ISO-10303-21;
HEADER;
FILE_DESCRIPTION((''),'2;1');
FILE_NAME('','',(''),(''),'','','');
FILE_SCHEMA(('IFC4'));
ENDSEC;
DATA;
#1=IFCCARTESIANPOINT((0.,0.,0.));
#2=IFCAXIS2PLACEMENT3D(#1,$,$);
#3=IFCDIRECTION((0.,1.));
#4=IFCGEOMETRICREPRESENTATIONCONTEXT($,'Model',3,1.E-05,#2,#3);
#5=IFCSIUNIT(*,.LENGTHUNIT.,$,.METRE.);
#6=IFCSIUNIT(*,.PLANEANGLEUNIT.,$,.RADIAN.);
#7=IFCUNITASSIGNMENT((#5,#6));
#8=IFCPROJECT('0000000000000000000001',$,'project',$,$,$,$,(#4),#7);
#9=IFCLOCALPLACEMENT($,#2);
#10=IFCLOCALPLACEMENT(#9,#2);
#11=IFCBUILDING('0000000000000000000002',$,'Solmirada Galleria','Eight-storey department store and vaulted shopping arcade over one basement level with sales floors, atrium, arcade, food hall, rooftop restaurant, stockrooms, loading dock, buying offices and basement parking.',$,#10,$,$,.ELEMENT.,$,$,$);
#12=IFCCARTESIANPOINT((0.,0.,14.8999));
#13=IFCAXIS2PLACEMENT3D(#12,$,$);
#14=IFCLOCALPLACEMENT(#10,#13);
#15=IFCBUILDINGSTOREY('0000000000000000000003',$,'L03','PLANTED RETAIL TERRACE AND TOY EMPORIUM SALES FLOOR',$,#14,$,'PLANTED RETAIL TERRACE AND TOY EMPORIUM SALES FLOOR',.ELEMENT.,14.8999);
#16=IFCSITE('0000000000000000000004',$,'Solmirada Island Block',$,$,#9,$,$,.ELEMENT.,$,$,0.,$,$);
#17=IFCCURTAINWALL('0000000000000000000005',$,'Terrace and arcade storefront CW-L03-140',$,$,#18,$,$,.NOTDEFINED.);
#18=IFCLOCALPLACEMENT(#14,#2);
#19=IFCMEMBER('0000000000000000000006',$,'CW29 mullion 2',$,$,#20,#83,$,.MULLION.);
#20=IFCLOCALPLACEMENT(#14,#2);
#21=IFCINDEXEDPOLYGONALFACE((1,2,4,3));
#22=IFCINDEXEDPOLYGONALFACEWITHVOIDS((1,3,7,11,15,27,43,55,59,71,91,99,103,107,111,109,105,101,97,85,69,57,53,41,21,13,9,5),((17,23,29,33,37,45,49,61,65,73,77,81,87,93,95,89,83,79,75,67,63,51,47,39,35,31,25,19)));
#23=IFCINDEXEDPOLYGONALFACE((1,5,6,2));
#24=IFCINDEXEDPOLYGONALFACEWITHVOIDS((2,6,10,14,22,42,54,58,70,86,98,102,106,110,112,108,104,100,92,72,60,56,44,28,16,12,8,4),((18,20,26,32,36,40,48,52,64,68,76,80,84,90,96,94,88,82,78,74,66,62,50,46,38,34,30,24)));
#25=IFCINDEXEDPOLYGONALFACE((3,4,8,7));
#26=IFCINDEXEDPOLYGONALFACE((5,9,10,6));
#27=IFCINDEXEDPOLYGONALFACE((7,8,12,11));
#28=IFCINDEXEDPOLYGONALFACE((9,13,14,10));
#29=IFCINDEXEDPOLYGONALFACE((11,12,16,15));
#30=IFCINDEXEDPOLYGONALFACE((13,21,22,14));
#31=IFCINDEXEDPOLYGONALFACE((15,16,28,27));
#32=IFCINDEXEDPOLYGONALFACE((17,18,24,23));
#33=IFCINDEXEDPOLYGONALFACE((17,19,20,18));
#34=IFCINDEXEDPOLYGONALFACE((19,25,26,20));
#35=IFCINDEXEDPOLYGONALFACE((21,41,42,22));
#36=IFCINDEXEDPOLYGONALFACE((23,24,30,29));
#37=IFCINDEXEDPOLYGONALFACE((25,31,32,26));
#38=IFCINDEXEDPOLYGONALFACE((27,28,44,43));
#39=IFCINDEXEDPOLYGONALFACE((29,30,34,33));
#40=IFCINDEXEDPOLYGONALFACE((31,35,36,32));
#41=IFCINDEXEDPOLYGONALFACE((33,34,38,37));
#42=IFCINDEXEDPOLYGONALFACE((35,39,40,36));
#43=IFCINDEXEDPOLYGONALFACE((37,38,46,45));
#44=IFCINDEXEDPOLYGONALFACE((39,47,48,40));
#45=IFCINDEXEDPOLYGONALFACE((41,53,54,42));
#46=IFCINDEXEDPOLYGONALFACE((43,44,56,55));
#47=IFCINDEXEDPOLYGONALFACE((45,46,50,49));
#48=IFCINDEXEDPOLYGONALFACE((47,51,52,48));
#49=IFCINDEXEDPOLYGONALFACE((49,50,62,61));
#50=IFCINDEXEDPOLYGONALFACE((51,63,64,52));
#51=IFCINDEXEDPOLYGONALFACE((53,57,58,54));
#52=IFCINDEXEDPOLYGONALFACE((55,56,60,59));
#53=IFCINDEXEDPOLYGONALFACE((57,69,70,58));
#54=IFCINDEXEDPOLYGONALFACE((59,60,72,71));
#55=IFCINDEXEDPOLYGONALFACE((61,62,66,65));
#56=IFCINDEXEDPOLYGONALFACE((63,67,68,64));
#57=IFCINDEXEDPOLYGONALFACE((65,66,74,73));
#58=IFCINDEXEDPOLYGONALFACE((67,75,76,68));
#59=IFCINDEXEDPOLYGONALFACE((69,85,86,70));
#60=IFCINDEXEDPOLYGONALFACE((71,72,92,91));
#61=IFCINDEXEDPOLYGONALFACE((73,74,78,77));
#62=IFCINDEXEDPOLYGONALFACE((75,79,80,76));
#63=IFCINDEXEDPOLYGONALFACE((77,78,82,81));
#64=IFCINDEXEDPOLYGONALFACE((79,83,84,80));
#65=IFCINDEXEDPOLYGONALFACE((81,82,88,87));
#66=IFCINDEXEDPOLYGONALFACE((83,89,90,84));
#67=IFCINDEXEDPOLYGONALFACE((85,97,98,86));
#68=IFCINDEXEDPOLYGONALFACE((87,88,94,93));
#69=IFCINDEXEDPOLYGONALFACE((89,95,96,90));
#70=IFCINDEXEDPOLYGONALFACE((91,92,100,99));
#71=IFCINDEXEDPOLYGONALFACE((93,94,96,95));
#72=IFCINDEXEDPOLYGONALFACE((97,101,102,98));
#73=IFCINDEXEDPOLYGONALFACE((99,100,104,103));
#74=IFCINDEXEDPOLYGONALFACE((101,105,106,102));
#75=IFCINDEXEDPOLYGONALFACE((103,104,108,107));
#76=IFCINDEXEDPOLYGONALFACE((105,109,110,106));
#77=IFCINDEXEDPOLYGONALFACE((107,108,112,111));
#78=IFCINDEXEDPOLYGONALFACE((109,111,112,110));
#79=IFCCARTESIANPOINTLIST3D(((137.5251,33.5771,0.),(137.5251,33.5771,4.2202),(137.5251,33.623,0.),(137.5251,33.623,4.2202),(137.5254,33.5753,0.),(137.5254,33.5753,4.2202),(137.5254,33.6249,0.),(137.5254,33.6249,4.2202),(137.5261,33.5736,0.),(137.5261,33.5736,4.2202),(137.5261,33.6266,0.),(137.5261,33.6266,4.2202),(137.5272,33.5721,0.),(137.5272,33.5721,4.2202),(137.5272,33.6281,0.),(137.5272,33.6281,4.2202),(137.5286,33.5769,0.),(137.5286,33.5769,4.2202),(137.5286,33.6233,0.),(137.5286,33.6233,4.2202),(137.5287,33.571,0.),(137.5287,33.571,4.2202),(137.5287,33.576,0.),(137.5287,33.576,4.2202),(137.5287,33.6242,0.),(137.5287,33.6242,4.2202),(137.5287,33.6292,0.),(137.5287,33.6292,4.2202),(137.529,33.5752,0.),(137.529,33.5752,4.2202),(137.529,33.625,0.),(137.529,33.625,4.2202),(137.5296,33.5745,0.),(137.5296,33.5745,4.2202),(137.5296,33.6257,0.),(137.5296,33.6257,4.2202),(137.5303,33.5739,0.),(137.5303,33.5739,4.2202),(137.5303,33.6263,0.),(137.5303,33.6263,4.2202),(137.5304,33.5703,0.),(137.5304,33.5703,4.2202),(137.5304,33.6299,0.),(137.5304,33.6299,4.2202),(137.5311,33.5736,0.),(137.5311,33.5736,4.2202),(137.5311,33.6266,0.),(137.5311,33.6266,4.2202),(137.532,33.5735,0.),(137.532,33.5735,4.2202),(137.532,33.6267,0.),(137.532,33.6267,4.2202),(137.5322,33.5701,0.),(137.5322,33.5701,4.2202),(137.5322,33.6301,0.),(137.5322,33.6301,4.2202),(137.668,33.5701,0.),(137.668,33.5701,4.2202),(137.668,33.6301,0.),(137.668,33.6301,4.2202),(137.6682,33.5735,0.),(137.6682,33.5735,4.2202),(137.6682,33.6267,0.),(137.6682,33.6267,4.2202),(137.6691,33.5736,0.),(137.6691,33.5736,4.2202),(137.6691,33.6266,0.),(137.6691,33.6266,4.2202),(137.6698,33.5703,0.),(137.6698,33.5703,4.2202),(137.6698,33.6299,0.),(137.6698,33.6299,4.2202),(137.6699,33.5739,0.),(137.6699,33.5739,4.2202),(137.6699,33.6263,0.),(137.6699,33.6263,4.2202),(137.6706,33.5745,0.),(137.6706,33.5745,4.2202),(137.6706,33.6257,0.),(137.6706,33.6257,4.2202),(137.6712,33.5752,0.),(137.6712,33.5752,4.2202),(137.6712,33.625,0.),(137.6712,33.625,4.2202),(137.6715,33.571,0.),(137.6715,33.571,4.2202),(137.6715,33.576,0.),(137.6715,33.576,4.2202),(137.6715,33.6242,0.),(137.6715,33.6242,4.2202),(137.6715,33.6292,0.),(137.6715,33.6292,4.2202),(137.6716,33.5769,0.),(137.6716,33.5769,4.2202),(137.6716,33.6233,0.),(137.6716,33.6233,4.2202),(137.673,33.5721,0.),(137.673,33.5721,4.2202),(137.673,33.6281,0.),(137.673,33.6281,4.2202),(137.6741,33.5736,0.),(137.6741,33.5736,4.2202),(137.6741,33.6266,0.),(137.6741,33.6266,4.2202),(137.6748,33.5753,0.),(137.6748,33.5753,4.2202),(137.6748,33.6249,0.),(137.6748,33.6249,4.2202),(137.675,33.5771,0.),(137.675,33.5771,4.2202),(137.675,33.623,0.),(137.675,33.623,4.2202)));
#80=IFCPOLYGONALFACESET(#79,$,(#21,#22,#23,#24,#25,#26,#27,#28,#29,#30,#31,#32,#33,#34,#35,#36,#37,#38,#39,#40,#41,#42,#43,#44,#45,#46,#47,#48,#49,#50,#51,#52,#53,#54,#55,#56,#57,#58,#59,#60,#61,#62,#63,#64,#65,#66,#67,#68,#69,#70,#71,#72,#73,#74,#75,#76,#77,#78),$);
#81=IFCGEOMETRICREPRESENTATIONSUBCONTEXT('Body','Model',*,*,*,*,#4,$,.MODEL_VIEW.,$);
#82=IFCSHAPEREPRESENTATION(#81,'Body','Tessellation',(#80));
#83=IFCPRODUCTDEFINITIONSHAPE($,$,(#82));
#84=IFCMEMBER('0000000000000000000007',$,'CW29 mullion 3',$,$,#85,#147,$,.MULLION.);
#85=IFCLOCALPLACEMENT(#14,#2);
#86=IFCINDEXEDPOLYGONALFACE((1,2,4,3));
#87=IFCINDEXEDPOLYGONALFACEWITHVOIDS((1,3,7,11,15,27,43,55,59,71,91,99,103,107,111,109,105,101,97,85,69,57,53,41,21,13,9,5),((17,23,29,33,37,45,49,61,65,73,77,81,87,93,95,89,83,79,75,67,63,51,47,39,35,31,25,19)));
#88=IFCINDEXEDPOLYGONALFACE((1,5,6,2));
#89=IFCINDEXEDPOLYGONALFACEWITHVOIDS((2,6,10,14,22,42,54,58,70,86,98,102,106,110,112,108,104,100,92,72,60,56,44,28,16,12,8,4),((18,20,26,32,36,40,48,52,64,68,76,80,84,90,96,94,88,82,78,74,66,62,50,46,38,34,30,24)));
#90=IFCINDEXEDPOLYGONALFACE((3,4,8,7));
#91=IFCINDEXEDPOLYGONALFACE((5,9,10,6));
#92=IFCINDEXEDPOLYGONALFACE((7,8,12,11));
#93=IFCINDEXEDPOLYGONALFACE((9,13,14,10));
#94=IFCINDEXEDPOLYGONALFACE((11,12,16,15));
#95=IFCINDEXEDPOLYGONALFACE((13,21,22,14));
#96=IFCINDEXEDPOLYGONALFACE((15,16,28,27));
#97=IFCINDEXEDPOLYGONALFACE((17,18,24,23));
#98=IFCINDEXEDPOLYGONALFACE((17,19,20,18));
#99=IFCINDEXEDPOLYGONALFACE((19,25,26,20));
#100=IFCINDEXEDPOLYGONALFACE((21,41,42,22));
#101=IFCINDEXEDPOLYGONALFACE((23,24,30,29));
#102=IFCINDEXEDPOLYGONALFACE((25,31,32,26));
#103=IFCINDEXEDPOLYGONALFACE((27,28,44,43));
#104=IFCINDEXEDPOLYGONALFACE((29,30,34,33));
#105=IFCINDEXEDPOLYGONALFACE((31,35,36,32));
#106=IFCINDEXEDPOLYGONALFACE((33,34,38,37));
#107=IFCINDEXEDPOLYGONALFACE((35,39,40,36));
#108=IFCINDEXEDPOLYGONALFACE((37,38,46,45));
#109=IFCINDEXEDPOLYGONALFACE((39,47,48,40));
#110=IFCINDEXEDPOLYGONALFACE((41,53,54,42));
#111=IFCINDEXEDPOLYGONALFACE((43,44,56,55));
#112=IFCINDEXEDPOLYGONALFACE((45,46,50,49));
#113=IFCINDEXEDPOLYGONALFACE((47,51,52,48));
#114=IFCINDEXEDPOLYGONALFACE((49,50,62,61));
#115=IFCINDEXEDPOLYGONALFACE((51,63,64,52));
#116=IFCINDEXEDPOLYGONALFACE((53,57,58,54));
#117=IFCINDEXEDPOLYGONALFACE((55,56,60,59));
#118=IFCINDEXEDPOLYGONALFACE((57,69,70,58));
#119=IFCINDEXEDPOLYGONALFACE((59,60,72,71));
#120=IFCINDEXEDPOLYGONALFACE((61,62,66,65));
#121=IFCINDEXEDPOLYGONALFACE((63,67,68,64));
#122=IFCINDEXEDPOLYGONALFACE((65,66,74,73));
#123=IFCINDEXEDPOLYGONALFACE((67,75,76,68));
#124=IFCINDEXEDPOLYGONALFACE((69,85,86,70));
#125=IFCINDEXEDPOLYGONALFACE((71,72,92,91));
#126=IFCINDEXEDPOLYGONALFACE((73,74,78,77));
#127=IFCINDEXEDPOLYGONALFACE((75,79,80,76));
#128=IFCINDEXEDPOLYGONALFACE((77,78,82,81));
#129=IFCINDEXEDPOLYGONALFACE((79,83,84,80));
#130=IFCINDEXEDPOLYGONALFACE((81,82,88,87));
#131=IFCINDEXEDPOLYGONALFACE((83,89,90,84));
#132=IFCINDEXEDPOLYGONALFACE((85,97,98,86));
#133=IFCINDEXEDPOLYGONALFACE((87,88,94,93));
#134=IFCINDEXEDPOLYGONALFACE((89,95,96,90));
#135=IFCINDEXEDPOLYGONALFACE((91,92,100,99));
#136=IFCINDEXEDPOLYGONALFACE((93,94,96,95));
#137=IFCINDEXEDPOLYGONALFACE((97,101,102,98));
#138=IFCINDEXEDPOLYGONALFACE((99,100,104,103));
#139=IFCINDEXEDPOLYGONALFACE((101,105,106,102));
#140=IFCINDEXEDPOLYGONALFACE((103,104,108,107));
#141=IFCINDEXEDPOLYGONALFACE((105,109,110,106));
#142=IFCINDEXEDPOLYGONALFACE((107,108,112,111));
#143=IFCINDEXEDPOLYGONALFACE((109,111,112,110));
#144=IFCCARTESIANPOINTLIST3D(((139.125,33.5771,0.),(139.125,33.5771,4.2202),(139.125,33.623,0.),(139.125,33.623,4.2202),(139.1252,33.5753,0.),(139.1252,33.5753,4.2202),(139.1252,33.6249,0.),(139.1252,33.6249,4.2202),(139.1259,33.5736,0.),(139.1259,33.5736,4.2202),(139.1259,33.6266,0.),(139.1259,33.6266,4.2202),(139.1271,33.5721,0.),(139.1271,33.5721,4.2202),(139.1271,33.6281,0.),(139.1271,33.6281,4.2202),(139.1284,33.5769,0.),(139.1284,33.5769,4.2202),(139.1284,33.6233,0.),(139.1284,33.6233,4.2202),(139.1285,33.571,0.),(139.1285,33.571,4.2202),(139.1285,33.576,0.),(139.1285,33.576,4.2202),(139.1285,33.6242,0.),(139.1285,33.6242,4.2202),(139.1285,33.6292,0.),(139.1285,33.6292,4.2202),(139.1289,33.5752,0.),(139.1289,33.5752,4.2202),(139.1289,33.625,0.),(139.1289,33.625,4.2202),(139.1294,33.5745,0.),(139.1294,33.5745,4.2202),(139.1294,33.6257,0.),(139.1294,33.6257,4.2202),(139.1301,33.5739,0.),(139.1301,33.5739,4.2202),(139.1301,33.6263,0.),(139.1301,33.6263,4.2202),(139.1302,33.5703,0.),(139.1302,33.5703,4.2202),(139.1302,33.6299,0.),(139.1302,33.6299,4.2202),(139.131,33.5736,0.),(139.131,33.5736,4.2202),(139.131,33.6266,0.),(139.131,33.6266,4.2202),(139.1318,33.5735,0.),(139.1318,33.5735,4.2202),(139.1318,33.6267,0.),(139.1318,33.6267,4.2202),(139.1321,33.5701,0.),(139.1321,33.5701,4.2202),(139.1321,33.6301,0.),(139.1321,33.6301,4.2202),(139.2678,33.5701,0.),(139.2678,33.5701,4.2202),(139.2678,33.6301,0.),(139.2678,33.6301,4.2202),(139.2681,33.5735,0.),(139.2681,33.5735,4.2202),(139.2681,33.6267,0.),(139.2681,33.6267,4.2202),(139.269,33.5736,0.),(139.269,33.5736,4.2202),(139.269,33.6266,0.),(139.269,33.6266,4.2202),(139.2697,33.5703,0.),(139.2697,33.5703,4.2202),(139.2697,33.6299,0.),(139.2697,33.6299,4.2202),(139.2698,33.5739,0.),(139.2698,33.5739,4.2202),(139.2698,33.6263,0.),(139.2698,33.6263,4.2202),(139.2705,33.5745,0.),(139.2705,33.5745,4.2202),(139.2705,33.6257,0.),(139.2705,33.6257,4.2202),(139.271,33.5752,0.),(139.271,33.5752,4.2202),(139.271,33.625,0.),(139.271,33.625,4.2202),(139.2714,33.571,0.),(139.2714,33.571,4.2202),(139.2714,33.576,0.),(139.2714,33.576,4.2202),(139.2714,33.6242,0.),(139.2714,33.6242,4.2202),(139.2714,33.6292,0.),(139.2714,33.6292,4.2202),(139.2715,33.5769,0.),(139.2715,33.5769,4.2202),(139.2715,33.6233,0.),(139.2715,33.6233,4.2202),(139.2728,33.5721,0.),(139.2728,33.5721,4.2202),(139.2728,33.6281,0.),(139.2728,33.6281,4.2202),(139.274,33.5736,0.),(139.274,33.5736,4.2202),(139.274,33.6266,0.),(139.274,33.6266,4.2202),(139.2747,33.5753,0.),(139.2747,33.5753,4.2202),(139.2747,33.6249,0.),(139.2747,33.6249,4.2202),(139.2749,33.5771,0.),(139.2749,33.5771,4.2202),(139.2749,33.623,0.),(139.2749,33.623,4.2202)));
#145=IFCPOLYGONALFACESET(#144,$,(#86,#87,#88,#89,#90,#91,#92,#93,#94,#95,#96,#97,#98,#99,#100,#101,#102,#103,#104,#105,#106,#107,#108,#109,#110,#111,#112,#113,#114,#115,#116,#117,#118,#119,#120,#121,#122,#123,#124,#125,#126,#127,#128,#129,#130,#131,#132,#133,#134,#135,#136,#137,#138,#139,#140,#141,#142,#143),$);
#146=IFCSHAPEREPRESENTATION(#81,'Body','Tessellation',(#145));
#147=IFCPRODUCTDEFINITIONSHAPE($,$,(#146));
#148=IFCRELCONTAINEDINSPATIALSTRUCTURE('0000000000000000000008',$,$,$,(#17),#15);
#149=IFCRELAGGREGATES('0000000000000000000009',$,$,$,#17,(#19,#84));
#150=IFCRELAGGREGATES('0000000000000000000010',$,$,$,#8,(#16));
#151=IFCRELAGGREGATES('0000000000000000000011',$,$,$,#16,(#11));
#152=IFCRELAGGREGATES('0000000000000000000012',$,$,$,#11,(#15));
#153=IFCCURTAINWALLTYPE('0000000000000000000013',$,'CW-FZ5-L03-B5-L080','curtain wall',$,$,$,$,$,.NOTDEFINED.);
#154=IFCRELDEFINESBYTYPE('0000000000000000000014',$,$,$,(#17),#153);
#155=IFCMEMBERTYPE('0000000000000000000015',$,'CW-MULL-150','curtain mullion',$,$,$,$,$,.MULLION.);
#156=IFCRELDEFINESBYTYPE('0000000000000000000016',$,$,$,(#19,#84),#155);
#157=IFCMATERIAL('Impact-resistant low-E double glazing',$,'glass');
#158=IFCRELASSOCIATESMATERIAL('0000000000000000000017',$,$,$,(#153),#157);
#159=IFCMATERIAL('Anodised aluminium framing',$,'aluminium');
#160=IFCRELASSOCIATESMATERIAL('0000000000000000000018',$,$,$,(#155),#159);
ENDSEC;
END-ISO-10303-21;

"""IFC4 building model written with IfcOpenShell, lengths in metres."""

from ifc_helpers import new_model, si_unit, direction, frame, origin, origin_2d, place, context, subcontext, project, spatial, hollow_rectangle, extrude, material, material_profile, profile_set, type_object, element, aggregate, save


model = new_model("IFC4")

# Units and contexts
model_context = context("Model", 3, precision=1e-05, world=origin(), true_north=direction((0.0, 1.0)))
body_context = subcontext(model_context, "Body", "Model", "MODEL_VIEW")
ifc_project = project(units=[si_unit("LENGTHUNIT", "METRE"), si_unit("PLANEANGLEUNIT", "RADIAN")], contexts=[model_context])

# Site, building, storey
site_placement = place(None, origin())
site = spatial("IfcSite", under=ifc_project, at=site_placement, Name="Solmirada Island Block", CompositionType="ELEMENT", RefElevation=0.0)
building_placement = place(site_placement, origin())
building = spatial("IfcBuilding", under=site, at=building_placement, Name="Solmirada Galleria", Description="Eight-storey department store and vaulted shopping arcade over one basement level with sales floors, atrium, arcade, food hall, rooftop restaurant, stockrooms, loading dock, buying offices and basement parking.", CompositionType="ELEMENT")
storey_placement = place(building_placement, frame((0.0, 0.0, 14.8999)))
storey = spatial("IfcBuildingStorey", under=building, at=storey_placement, Name="L03", Description="PLANTED RETAIL TERRACE AND TOY EMPORIUM SALES FLOOR", LongName="PLANTED RETAIL TERRACE AND TOY EMPORIUM SALES FLOOR", CompositionType="ELEMENT", Elevation=14.8999)

# Curtain wall, members
ifc_material_1 = material(Name="Impact-resistant low-E double glazing", Category="glass")
curtain_wall_type = type_object("IfcCurtainWallType", Name="CW-FZ5-L03-B5-L080", Description="curtain wall", PredefinedType="NOTDEFINED", material=ifc_material_1)
ifc_material_2 = material(Name="Anodised aluminium framing", Category="aluminium")
ifc_material_profile_1 = material_profile(ifc_material_2, hollow_rectangle(XDim=0.0601, YDim=0.1499, WallThickness=0.0034, InnerFilletRadius=0.0034, OuterFilletRadius=0.0071, at=origin_2d()), Name="ALU-MULL-150X60")
ifc_profile_set_1 = profile_set([ifc_material_profile_1], Name="Anodised aluminium framing")
member_type_1 = type_object("IfcMemberType", Name="CW-MULL-150", Description="curtain mullion", PredefinedType="MULLION", material=ifc_profile_set_1)
curtain_wall_1_placement = place(storey_placement, origin())
curtain_wall_1 = element("IfcCurtainWall", 1, at=curtain_wall_1_placement, inside=storey, type_object=curtain_wall_type, Name="Terrace and arcade storefront CW-L03-140", PredefinedType="NOTDEFINED")
member_1_placement = place(storey_placement, frame((137.6001, 33.6001, 0.0), z_axis=(0.0, 0.0, 1.0), x_axis=(0.0, 1.0, 0.0)))
member_1 = element("IfcMember", 2, at=member_1_placement, type_object=member_type_1, Name="CW29 mullion 2", PredefinedType="MULLION", context=body_context, shape_type="SweptSolid", body=[
    extrude(hollow_rectangle(XDim=0.0601, YDim=0.1499, WallThickness=0.0034, InnerFilletRadius=0.0034, OuterFilletRadius=0.0071, at=origin_2d()), origin(), (0.0, 0.0, 1.0), 4.2202),
])
member_2_placement = place(storey_placement, frame((139.2, 33.6001, 0.0), z_axis=(0.0, 0.0, 1.0), x_axis=(0.0, 1.0, 0.0)))
member_2 = element("IfcMember", 3, at=member_2_placement, type_object=member_type_1, Name="CW29 mullion 3", PredefinedType="MULLION", context=body_context, shape_type="SweptSolid", body=[
    extrude(hollow_rectangle(XDim=0.0601, YDim=0.1499, WallThickness=0.0034, InnerFilletRadius=0.0034, OuterFilletRadius=0.0071, at=origin_2d()), origin(), (0.0, 0.0, 1.0), 4.2202),
])

aggregate(curtain_wall_1, [member_1, member_2])

save(model, "model.ifc")
